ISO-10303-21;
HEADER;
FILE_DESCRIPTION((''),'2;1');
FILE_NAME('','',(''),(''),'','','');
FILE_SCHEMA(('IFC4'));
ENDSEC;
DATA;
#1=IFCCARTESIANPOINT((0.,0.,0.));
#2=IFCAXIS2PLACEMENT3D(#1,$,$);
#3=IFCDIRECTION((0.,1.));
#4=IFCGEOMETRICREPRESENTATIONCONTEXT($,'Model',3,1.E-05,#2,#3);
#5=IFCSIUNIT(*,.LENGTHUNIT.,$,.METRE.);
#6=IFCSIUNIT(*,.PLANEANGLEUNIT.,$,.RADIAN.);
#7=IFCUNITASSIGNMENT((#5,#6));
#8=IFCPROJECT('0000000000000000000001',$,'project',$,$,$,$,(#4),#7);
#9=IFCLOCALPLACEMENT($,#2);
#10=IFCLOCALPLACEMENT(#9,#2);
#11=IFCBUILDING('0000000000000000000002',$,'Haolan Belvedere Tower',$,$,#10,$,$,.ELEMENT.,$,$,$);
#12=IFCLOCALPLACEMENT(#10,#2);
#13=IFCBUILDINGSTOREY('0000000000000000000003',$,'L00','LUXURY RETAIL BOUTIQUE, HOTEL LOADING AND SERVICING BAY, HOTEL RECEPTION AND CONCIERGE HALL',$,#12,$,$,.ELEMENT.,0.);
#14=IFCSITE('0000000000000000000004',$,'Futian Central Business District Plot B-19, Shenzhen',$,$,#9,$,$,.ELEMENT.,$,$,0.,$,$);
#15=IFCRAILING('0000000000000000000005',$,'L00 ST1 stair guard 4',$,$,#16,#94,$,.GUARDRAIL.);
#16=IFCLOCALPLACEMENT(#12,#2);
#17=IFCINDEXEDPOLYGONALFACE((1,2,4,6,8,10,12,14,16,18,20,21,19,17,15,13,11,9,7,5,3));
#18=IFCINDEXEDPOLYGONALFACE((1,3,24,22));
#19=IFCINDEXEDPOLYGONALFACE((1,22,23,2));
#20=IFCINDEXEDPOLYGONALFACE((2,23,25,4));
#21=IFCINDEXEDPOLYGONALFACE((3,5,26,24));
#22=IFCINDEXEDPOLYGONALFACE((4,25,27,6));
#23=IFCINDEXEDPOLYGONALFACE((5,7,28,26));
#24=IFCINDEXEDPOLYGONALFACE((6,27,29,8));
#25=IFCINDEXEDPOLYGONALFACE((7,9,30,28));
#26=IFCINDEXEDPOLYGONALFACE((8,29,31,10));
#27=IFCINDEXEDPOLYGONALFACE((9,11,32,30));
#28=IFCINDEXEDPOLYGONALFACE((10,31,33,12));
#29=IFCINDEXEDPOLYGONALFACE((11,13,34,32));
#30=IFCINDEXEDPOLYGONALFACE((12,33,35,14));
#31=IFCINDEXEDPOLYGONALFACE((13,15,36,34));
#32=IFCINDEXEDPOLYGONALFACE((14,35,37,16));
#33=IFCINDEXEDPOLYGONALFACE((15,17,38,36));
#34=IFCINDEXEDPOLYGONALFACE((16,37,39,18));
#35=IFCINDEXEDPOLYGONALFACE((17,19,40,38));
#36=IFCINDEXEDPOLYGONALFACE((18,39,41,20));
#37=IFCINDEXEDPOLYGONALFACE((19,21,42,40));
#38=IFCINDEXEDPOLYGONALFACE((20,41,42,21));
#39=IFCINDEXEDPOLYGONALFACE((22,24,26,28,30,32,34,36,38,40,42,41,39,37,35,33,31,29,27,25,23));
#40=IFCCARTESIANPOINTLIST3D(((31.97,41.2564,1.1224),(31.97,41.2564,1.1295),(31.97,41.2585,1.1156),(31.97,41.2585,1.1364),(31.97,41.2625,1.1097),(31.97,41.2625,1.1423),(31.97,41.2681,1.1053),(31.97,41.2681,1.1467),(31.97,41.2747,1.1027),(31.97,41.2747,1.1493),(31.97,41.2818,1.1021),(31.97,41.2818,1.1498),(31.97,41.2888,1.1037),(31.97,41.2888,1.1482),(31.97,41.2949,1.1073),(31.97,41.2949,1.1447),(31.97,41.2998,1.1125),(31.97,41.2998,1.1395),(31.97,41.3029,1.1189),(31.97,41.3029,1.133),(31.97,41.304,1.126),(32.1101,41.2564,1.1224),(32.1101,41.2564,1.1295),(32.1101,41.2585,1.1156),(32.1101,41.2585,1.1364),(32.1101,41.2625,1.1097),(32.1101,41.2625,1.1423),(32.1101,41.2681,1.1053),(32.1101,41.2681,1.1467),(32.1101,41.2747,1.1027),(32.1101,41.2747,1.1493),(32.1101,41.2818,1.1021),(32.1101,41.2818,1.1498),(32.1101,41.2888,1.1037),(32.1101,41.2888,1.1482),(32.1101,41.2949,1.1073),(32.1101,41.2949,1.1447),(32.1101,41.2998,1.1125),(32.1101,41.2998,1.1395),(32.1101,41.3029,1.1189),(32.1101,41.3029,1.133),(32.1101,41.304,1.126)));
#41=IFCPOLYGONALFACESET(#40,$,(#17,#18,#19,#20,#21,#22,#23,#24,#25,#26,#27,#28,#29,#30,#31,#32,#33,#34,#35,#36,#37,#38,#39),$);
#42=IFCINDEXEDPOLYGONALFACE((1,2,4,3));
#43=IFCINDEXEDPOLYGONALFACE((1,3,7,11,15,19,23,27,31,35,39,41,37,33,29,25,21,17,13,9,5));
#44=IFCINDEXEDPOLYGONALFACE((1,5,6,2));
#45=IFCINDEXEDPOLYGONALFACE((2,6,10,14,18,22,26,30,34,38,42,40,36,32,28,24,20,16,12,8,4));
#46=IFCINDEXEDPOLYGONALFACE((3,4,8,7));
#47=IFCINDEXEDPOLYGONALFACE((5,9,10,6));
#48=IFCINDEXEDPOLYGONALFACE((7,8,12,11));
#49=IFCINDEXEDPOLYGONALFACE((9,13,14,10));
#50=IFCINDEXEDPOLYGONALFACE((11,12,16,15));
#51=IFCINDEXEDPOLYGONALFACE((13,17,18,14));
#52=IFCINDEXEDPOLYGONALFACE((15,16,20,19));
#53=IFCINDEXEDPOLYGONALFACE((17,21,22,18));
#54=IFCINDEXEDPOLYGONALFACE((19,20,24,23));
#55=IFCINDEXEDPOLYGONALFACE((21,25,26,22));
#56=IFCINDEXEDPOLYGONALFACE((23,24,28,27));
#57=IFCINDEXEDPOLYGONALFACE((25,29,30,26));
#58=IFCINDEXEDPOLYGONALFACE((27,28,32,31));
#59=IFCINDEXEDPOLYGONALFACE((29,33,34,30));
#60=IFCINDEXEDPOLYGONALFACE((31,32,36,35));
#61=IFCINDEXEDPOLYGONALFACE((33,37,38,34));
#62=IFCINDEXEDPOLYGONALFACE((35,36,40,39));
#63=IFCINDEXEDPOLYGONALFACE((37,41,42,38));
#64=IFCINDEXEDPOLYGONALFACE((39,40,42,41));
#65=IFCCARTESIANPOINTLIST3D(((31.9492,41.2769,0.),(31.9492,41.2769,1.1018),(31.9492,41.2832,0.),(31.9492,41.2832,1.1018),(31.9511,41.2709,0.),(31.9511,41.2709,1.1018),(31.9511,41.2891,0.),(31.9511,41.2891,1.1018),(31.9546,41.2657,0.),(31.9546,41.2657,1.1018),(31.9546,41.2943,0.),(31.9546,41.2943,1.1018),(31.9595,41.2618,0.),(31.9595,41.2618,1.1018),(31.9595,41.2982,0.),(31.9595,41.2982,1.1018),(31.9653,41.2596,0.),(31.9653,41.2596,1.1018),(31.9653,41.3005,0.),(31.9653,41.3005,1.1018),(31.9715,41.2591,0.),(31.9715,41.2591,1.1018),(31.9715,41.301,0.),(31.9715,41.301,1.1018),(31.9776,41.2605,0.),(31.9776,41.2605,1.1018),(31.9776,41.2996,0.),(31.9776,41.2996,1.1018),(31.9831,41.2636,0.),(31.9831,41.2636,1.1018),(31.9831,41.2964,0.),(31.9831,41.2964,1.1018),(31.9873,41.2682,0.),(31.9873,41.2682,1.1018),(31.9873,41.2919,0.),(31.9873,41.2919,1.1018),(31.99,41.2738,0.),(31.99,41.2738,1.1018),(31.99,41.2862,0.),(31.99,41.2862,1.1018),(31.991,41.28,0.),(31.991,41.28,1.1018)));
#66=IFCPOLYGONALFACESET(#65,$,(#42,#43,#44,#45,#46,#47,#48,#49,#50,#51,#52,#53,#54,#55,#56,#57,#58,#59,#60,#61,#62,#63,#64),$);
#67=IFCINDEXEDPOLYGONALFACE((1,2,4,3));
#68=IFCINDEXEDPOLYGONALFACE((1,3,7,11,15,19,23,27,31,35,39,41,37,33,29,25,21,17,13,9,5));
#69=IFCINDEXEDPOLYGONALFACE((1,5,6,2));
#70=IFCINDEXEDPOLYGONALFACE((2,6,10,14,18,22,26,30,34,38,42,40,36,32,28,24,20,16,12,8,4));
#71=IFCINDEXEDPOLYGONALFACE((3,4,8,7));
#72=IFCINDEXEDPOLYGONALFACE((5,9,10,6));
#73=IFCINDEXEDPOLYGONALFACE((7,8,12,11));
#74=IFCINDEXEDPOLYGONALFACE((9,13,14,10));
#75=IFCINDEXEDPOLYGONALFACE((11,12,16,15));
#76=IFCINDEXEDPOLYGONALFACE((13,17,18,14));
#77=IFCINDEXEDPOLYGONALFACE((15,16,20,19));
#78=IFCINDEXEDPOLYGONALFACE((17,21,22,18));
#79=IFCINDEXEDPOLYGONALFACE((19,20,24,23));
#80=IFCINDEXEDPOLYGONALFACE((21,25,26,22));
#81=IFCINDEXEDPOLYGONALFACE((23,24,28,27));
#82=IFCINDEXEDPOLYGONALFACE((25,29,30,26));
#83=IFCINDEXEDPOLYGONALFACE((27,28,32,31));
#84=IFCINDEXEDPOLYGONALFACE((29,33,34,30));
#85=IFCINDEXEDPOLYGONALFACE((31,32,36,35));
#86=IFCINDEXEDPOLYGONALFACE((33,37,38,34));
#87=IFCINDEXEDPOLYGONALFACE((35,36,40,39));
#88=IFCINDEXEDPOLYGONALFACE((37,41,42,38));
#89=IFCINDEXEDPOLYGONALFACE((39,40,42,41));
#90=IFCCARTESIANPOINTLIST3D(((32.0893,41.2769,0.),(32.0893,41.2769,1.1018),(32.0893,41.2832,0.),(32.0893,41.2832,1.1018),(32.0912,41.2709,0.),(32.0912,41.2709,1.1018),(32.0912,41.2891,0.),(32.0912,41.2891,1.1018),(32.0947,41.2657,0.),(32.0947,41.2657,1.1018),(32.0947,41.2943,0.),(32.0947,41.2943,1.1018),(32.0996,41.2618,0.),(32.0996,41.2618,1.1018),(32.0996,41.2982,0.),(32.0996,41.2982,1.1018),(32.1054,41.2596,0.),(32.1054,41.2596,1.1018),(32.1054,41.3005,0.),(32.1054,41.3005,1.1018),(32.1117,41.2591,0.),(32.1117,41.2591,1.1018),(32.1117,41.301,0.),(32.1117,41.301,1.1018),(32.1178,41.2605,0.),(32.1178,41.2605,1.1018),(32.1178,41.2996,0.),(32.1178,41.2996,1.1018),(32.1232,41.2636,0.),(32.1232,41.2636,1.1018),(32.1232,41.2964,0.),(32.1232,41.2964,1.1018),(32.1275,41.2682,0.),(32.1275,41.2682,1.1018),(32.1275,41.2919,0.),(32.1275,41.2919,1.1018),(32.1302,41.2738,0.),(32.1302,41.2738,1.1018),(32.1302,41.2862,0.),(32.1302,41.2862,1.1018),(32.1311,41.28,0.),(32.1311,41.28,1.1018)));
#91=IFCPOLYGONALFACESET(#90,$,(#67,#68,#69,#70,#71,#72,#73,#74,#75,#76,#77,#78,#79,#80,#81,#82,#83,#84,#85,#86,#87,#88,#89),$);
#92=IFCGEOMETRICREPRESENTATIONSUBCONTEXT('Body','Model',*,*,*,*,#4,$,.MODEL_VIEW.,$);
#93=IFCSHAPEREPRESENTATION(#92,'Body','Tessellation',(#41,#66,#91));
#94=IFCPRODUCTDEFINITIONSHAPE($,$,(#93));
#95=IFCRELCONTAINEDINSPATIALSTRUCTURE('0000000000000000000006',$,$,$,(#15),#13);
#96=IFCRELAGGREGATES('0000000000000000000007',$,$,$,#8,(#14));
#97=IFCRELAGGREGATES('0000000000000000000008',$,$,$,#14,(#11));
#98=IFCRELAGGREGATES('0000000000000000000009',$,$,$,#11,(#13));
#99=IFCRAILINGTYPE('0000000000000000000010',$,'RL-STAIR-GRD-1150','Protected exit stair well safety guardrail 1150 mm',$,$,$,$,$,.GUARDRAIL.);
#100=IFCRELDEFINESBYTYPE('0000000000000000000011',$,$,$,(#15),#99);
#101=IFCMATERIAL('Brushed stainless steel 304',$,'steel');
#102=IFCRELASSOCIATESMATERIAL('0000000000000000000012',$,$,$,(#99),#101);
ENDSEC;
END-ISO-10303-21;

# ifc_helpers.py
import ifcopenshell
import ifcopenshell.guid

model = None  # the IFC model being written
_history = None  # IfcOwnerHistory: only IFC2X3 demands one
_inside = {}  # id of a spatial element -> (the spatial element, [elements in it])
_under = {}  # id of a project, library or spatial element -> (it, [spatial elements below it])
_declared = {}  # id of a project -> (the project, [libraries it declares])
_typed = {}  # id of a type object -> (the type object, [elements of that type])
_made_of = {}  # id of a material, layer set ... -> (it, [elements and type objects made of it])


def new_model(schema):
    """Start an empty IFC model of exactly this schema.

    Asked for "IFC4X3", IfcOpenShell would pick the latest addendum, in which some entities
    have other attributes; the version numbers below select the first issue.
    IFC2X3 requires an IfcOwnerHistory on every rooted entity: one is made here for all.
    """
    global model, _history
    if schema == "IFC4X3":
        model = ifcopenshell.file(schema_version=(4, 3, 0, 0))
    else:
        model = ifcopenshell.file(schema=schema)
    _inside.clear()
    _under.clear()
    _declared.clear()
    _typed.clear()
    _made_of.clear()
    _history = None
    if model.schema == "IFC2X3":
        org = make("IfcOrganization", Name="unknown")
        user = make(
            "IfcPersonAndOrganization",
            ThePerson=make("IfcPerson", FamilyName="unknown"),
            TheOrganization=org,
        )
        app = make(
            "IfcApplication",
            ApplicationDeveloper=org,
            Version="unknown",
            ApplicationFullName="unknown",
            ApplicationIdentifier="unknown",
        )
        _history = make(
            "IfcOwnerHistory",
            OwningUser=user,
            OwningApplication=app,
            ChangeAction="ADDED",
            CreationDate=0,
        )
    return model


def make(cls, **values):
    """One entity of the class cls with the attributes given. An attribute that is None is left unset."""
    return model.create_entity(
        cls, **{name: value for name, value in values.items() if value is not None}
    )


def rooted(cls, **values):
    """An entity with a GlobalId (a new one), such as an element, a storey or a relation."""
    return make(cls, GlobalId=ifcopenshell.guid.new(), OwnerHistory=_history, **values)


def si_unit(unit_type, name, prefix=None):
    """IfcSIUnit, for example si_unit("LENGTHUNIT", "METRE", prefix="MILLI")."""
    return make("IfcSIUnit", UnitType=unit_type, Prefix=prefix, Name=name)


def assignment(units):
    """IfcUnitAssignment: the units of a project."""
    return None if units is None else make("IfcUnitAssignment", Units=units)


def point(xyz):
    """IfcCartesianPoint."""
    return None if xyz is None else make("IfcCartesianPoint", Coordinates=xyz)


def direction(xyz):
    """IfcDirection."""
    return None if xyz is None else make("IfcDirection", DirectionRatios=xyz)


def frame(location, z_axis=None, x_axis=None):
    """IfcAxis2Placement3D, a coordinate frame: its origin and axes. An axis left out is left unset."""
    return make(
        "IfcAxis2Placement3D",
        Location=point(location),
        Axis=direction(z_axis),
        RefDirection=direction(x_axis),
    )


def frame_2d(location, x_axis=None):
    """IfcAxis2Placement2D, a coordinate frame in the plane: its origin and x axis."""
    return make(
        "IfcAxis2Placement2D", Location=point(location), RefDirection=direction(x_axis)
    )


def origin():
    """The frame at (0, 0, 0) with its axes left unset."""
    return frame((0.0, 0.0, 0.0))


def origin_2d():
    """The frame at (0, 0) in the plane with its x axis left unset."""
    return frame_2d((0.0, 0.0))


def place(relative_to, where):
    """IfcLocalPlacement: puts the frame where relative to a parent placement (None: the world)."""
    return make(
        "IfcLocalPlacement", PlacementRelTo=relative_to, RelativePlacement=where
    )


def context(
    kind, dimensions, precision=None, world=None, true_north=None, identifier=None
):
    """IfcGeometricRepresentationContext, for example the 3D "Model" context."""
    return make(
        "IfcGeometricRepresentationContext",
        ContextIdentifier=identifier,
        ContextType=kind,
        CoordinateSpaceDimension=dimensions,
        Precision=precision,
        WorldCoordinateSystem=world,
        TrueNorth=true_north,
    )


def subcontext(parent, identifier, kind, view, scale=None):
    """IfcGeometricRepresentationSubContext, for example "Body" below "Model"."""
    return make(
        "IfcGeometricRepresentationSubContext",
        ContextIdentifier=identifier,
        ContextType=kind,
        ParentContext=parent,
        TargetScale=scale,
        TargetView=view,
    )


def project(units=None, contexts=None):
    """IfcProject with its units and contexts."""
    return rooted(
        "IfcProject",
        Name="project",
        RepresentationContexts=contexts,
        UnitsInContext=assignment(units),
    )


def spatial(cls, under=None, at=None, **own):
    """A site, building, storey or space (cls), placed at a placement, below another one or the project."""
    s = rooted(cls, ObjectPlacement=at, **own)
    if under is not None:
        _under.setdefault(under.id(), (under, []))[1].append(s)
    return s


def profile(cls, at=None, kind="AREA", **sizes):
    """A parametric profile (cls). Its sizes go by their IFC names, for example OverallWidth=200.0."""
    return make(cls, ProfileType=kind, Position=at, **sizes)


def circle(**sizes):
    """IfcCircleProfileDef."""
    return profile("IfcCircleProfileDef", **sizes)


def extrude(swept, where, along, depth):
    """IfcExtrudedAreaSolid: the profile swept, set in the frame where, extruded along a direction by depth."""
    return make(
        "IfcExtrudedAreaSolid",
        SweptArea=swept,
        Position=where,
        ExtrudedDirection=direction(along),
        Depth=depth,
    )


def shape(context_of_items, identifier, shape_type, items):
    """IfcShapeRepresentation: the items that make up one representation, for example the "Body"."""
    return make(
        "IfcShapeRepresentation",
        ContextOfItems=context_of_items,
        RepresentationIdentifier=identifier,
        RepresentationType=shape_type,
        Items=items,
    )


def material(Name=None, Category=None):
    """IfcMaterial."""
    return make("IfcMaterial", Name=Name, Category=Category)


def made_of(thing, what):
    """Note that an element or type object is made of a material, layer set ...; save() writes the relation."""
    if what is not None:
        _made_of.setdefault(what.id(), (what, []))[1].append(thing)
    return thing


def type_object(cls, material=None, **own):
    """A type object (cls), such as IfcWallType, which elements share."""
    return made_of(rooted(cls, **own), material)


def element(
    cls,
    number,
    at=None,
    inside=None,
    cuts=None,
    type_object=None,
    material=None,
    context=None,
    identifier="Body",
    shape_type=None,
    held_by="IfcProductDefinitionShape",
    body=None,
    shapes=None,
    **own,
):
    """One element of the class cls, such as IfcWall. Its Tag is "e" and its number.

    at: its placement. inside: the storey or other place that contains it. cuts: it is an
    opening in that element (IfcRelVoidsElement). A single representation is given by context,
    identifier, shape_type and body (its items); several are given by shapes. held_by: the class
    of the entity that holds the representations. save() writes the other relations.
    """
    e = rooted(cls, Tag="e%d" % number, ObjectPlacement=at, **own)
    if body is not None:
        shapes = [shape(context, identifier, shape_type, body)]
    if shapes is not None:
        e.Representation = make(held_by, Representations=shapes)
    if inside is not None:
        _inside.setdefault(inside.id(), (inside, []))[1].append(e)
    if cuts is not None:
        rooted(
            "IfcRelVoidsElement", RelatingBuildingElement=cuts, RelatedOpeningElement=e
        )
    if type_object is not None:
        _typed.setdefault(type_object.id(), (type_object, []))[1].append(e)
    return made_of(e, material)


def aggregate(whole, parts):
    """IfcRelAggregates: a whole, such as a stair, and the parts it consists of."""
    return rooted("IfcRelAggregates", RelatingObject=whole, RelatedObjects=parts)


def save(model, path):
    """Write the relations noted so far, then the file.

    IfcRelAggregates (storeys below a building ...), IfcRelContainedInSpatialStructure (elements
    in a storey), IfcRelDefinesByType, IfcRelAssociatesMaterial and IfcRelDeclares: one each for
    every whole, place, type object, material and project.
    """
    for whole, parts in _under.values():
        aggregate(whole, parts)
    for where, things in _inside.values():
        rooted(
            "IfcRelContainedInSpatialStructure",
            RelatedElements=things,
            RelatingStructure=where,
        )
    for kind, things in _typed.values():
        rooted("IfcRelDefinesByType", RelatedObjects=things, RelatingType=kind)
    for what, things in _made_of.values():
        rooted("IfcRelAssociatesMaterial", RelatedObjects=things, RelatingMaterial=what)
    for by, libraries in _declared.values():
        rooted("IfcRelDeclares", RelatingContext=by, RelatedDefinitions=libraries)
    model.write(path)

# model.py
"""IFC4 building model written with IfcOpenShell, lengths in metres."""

from ifc_helpers import new_model, si_unit, direction, frame, origin, origin_2d, place, context, subcontext, project, spatial, circle, extrude, material, type_object, element, save


model = new_model("IFC4")

# Units and contexts
model_context = context("Model", 3, precision=1e-05, world=origin(), true_north=direction((0.0, 1.0)))
body_context = subcontext(model_context, "Body", "Model", "MODEL_VIEW")
ifc_project = project(units=[si_unit("LENGTHUNIT", "METRE"), si_unit("PLANEANGLEUNIT", "RADIAN")], contexts=[model_context])

# Site, building, storey
site_placement = place(None, origin())
site = spatial("IfcSite", under=ifc_project, at=site_placement, Name="Futian Central Business District Plot B-19, Shenzhen", CompositionType="ELEMENT", RefElevation=0.0)
building_placement = place(site_placement, origin())
building = spatial("IfcBuilding", under=site, at=building_placement, Name="Haolan Belvedere Tower", CompositionType="ELEMENT")
storey_placement = place(building_placement, origin())
storey = spatial("IfcBuildingStorey", under=building, at=storey_placement, Name="L00", Description="LUXURY RETAIL BOUTIQUE, HOTEL LOADING AND SERVICING BAY, HOTEL RECEPTION AND CONCIERGE HALL", CompositionType="ELEMENT", Elevation=0.0)

# Railing
ifc_material_1 = material(Name="Brushed stainless steel 304", Category="steel")
railing_type_1 = type_object("IfcRailingType", Name="RL-STAIR-GRD-1150", Description="Protected exit stair well safety guardrail 1150 mm", PredefinedType="GUARDRAIL", material=ifc_material_1)
railing_1_placement = place(storey_placement, frame((31.97, 41.28, 0.0)))
element("IfcRailing", 1, at=railing_1_placement, inside=storey, type_object=railing_type_1, Name="L00 ST1 stair guard 4", PredefinedType="GUARDRAIL", context=body_context, shape_type="SweptSolid", body=[
    extrude(circle(Radius=0.0239, at=origin_2d()), frame((0.0, 0.0, 1.126), z_axis=(1.0, 0.0, 0.0), x_axis=(0.0, 1.0, 0.0)), (0.0, 0.0, 1.0), 0.1401),
    extrude(circle(Radius=0.021, at=origin_2d()), origin(), (0.0, 0.0, 1.0), 1.1018),
    extrude(circle(Radius=0.021, at=origin_2d()), frame((0.1401, 0.0, 0.0)), (0.0, 0.0, 1.0), 1.1018),
])

save(model, "model.ifc")
